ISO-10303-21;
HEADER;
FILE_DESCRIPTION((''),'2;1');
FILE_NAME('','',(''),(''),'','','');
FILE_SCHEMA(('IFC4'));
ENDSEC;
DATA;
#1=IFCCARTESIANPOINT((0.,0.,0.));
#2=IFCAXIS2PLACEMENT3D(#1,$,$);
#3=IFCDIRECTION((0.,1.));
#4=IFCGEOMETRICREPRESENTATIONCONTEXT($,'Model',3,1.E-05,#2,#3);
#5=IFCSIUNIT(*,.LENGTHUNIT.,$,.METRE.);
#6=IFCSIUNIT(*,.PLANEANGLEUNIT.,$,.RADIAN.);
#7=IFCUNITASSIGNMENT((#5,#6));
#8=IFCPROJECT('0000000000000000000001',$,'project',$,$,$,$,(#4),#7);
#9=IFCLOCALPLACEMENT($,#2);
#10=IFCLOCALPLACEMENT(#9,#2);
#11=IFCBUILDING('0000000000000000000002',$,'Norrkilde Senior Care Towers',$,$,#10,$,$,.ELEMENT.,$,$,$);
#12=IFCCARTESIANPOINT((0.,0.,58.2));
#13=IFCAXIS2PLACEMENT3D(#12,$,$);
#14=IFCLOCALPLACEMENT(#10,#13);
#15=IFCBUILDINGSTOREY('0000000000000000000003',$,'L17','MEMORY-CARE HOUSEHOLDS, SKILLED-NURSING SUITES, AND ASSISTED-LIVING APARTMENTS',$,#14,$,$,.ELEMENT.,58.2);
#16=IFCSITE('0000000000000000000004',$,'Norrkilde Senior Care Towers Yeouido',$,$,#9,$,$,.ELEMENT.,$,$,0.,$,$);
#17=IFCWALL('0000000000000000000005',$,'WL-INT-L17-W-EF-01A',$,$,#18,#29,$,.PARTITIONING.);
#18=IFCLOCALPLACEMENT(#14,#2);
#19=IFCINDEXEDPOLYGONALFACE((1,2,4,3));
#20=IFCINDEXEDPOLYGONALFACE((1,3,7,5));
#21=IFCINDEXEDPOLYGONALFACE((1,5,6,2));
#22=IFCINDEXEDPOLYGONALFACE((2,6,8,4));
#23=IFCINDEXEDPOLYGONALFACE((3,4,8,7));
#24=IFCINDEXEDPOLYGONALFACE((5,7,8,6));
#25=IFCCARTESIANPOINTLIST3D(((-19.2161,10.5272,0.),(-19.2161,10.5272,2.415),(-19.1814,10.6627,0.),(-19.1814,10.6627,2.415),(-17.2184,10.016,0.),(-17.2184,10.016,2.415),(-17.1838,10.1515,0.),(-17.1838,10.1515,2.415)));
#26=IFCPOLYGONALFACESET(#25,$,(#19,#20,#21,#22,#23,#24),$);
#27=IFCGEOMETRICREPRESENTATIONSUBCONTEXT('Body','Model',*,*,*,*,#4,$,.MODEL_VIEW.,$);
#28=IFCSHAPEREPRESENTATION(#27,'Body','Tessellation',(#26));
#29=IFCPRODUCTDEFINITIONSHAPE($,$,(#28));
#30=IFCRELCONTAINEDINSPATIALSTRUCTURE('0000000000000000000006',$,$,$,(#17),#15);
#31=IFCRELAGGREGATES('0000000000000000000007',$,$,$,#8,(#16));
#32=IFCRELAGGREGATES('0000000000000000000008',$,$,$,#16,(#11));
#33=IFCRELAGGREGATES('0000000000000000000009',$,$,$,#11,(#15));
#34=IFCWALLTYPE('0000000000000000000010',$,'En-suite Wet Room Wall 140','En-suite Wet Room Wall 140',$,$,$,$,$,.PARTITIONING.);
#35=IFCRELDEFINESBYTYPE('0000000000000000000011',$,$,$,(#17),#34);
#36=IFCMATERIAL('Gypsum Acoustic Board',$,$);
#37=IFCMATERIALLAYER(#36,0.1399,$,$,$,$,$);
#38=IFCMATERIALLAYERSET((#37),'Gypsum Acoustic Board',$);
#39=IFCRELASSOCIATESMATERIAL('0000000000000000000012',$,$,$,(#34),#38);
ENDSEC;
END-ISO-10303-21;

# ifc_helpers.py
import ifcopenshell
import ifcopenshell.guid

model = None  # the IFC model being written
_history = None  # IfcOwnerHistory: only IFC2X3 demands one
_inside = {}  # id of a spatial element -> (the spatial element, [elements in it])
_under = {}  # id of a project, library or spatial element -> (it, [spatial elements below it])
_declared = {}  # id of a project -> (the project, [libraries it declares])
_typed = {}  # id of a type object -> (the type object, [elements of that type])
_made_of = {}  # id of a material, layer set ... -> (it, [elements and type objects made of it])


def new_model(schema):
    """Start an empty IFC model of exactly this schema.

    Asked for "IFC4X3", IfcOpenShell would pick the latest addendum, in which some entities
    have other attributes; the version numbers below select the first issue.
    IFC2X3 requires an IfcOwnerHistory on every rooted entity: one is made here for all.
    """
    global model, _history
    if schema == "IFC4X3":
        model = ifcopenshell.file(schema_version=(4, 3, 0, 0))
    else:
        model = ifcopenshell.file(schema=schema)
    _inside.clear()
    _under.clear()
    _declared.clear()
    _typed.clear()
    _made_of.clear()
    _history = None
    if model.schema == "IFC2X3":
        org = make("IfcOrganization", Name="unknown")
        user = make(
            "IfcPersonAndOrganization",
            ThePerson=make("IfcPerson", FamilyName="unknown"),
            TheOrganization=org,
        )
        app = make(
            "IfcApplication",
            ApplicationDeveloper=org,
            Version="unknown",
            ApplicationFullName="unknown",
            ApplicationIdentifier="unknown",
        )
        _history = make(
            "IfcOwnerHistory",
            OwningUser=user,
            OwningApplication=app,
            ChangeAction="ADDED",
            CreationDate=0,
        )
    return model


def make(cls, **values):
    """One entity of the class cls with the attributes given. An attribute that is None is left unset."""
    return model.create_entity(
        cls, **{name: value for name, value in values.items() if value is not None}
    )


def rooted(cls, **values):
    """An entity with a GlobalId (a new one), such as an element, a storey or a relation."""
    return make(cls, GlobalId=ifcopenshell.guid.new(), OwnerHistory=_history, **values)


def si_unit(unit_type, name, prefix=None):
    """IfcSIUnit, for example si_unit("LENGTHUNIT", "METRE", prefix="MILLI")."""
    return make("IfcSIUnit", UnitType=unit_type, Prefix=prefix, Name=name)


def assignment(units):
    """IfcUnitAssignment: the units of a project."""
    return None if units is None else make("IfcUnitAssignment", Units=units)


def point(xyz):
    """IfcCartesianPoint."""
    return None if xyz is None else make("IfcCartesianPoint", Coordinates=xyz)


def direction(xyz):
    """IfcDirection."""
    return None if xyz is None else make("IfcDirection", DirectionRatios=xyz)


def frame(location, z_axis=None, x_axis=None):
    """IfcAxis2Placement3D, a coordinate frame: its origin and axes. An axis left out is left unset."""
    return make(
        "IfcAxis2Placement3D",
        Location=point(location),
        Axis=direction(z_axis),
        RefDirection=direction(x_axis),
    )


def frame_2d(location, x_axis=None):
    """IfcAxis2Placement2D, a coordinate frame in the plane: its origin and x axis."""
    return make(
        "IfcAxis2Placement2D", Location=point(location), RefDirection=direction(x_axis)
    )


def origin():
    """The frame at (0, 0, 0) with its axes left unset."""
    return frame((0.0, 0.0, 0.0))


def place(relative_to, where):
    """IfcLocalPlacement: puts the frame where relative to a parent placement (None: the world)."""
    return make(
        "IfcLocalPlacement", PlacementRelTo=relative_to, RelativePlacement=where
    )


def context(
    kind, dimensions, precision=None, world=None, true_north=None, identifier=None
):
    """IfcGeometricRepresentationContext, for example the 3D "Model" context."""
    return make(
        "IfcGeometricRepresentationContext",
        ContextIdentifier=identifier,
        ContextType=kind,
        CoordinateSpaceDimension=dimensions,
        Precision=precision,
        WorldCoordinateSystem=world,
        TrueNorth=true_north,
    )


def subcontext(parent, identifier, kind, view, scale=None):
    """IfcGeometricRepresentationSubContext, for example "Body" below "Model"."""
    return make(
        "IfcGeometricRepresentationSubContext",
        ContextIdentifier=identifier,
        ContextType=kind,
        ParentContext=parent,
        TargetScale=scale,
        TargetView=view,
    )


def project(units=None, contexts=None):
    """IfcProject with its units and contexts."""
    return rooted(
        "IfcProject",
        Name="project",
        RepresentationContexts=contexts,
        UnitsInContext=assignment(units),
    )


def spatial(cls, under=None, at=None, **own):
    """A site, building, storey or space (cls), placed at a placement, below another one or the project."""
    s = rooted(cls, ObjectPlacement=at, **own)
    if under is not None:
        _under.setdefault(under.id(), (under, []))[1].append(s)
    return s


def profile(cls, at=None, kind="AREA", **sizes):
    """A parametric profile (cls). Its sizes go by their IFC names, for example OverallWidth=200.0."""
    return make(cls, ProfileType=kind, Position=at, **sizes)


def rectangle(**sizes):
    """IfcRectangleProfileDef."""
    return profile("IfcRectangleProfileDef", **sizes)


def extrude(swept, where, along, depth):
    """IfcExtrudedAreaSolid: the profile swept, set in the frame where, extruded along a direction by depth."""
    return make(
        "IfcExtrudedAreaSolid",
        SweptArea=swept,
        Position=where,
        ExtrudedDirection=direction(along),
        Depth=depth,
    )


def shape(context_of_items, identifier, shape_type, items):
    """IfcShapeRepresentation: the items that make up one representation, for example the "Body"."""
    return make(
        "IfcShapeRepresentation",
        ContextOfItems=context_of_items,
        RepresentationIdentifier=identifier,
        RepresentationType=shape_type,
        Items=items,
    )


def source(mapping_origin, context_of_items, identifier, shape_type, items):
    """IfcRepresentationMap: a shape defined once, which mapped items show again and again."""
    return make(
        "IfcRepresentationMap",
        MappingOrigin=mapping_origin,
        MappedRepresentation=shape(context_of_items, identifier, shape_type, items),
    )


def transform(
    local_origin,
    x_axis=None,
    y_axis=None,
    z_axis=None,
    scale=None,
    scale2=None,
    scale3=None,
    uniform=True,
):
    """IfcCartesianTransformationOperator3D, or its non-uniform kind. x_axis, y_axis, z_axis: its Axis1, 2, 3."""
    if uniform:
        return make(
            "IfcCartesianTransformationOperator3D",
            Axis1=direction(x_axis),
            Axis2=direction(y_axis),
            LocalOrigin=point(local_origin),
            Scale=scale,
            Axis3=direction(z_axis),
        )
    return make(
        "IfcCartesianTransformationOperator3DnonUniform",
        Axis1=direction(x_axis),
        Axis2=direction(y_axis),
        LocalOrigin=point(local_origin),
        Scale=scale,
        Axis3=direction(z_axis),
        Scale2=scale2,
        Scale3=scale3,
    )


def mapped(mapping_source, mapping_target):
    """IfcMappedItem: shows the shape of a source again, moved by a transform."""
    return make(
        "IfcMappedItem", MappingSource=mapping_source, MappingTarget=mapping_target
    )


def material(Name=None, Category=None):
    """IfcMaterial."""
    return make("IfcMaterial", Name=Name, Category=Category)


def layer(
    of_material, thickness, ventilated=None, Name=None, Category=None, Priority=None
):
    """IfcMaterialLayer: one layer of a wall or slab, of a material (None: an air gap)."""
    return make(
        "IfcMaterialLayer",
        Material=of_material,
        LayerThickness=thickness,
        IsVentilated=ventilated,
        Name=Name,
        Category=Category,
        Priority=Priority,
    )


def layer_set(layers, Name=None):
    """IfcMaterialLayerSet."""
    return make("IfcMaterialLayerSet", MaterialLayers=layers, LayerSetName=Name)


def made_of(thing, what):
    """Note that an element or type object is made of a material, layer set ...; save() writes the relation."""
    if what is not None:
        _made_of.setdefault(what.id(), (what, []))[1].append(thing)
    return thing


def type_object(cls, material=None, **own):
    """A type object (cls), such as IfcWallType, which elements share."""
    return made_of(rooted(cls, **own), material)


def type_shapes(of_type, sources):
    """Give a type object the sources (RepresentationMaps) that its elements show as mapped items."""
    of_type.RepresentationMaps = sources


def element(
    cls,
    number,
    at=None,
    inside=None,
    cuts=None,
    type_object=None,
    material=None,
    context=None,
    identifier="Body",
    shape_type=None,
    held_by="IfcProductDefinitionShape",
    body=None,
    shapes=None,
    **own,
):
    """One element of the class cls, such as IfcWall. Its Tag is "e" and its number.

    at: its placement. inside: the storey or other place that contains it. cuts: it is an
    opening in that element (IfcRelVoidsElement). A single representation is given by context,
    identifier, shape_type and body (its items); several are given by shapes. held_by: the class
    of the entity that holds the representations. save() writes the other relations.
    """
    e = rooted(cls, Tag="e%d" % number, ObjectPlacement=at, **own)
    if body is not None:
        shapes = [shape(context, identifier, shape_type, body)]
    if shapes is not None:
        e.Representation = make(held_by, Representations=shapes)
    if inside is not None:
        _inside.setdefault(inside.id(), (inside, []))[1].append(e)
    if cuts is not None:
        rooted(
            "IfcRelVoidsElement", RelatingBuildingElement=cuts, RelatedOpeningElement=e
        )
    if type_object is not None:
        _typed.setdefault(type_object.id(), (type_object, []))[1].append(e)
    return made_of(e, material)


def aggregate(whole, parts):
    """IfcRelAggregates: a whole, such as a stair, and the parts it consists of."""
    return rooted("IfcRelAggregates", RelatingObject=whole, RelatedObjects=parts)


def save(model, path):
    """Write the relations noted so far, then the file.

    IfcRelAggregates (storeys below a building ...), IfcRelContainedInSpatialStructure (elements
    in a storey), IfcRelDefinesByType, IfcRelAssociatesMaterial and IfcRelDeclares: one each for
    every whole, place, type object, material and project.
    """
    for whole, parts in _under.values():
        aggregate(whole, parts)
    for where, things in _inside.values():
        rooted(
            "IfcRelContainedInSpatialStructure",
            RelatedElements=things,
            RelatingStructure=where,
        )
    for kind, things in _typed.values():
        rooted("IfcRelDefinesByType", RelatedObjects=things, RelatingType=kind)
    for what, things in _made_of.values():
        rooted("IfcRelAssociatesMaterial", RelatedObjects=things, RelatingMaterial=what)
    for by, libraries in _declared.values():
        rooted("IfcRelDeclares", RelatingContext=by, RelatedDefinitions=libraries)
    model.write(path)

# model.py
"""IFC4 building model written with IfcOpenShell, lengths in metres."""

from ifc_helpers import new_model, si_unit, direction, frame, frame_2d, origin, place, context, subcontext, project, spatial, rectangle, extrude, source, transform, mapped, material, layer, layer_set, type_object, type_shapes, element, save


model = new_model("IFC4")

# Units and contexts
model_context = context("Model", 3, precision=1e-05, world=origin(), true_north=direction((0.0, 1.0)))
body_context = subcontext(model_context, "Body", "Model", "MODEL_VIEW")
ifc_project = project(units=[si_unit("LENGTHUNIT", "METRE"), si_unit("PLANEANGLEUNIT", "RADIAN")], contexts=[model_context])

# Site, building, storey
site_placement = place(None, origin())
site = spatial("IfcSite", under=ifc_project, at=site_placement, Name="Norrkilde Senior Care Towers Yeouido", CompositionType="ELEMENT", RefElevation=0.0)
building_placement = place(site_placement, origin())
building = spatial("IfcBuilding", under=site, at=building_placement, Name="Norrkilde Senior Care Towers", CompositionType="ELEMENT")
storey_placement = place(building_placement, frame((0.0, 0.0, 58.2)))
storey = spatial("IfcBuildingStorey", under=building, at=storey_placement, Name="L17", Description="MEMORY-CARE HOUSEHOLDS, SKILLED-NURSING SUITES, AND ASSISTED-LIVING APARTMENTS", CompositionType="ELEMENT", Elevation=58.2)

# Shared definitions
ifc_material_1 = material(Name="Gypsum Acoustic Board")

# Wall
ifc_layer_1 = layer(ifc_material_1, 0.1399)
ifc_layer_set_1 = layer_set([ifc_layer_1], Name="Gypsum Acoustic Board")
wall_type_1 = type_object("IfcWallType", Name="En-suite Wet Room Wall 140", Description="En-suite Wet Room Wall 140", PredefinedType="PARTITIONING", material=ifc_layer_set_1)
shared_shape_1 = source(origin(), body_context, "Body", "SweptSolid", [
    extrude(rectangle(XDim=2.062, YDim=0.1399, at=frame_2d((1.031, 0.0))), origin(), (0.0, 0.0, 1.0), 2.415),
])
type_shapes(wall_type_1, [shared_shape_1])
wall_1_placement = place(storey_placement, frame((-19.1987, 10.595, 0.0), z_axis=(0.0, 0.0, 1.0), x_axis=(0.968776, -0.247937, 0.0)))
element("IfcWall", 1, at=wall_1_placement, inside=storey, type_object=wall_type_1, Name="WL-INT-L17-W-EF-01A", PredefinedType="PARTITIONING", context=body_context, shape_type="MappedRepresentation", body=[
    mapped(shared_shape_1, transform((0.0, 0.0, 0.0), x_axis=(1.0, 0.0, 0.0), y_axis=(0.0, 1.0, 0.0), z_axis=(0.0, 0.0, 1.0), scale=1.0)),
])

save(model, "model.ifc")
